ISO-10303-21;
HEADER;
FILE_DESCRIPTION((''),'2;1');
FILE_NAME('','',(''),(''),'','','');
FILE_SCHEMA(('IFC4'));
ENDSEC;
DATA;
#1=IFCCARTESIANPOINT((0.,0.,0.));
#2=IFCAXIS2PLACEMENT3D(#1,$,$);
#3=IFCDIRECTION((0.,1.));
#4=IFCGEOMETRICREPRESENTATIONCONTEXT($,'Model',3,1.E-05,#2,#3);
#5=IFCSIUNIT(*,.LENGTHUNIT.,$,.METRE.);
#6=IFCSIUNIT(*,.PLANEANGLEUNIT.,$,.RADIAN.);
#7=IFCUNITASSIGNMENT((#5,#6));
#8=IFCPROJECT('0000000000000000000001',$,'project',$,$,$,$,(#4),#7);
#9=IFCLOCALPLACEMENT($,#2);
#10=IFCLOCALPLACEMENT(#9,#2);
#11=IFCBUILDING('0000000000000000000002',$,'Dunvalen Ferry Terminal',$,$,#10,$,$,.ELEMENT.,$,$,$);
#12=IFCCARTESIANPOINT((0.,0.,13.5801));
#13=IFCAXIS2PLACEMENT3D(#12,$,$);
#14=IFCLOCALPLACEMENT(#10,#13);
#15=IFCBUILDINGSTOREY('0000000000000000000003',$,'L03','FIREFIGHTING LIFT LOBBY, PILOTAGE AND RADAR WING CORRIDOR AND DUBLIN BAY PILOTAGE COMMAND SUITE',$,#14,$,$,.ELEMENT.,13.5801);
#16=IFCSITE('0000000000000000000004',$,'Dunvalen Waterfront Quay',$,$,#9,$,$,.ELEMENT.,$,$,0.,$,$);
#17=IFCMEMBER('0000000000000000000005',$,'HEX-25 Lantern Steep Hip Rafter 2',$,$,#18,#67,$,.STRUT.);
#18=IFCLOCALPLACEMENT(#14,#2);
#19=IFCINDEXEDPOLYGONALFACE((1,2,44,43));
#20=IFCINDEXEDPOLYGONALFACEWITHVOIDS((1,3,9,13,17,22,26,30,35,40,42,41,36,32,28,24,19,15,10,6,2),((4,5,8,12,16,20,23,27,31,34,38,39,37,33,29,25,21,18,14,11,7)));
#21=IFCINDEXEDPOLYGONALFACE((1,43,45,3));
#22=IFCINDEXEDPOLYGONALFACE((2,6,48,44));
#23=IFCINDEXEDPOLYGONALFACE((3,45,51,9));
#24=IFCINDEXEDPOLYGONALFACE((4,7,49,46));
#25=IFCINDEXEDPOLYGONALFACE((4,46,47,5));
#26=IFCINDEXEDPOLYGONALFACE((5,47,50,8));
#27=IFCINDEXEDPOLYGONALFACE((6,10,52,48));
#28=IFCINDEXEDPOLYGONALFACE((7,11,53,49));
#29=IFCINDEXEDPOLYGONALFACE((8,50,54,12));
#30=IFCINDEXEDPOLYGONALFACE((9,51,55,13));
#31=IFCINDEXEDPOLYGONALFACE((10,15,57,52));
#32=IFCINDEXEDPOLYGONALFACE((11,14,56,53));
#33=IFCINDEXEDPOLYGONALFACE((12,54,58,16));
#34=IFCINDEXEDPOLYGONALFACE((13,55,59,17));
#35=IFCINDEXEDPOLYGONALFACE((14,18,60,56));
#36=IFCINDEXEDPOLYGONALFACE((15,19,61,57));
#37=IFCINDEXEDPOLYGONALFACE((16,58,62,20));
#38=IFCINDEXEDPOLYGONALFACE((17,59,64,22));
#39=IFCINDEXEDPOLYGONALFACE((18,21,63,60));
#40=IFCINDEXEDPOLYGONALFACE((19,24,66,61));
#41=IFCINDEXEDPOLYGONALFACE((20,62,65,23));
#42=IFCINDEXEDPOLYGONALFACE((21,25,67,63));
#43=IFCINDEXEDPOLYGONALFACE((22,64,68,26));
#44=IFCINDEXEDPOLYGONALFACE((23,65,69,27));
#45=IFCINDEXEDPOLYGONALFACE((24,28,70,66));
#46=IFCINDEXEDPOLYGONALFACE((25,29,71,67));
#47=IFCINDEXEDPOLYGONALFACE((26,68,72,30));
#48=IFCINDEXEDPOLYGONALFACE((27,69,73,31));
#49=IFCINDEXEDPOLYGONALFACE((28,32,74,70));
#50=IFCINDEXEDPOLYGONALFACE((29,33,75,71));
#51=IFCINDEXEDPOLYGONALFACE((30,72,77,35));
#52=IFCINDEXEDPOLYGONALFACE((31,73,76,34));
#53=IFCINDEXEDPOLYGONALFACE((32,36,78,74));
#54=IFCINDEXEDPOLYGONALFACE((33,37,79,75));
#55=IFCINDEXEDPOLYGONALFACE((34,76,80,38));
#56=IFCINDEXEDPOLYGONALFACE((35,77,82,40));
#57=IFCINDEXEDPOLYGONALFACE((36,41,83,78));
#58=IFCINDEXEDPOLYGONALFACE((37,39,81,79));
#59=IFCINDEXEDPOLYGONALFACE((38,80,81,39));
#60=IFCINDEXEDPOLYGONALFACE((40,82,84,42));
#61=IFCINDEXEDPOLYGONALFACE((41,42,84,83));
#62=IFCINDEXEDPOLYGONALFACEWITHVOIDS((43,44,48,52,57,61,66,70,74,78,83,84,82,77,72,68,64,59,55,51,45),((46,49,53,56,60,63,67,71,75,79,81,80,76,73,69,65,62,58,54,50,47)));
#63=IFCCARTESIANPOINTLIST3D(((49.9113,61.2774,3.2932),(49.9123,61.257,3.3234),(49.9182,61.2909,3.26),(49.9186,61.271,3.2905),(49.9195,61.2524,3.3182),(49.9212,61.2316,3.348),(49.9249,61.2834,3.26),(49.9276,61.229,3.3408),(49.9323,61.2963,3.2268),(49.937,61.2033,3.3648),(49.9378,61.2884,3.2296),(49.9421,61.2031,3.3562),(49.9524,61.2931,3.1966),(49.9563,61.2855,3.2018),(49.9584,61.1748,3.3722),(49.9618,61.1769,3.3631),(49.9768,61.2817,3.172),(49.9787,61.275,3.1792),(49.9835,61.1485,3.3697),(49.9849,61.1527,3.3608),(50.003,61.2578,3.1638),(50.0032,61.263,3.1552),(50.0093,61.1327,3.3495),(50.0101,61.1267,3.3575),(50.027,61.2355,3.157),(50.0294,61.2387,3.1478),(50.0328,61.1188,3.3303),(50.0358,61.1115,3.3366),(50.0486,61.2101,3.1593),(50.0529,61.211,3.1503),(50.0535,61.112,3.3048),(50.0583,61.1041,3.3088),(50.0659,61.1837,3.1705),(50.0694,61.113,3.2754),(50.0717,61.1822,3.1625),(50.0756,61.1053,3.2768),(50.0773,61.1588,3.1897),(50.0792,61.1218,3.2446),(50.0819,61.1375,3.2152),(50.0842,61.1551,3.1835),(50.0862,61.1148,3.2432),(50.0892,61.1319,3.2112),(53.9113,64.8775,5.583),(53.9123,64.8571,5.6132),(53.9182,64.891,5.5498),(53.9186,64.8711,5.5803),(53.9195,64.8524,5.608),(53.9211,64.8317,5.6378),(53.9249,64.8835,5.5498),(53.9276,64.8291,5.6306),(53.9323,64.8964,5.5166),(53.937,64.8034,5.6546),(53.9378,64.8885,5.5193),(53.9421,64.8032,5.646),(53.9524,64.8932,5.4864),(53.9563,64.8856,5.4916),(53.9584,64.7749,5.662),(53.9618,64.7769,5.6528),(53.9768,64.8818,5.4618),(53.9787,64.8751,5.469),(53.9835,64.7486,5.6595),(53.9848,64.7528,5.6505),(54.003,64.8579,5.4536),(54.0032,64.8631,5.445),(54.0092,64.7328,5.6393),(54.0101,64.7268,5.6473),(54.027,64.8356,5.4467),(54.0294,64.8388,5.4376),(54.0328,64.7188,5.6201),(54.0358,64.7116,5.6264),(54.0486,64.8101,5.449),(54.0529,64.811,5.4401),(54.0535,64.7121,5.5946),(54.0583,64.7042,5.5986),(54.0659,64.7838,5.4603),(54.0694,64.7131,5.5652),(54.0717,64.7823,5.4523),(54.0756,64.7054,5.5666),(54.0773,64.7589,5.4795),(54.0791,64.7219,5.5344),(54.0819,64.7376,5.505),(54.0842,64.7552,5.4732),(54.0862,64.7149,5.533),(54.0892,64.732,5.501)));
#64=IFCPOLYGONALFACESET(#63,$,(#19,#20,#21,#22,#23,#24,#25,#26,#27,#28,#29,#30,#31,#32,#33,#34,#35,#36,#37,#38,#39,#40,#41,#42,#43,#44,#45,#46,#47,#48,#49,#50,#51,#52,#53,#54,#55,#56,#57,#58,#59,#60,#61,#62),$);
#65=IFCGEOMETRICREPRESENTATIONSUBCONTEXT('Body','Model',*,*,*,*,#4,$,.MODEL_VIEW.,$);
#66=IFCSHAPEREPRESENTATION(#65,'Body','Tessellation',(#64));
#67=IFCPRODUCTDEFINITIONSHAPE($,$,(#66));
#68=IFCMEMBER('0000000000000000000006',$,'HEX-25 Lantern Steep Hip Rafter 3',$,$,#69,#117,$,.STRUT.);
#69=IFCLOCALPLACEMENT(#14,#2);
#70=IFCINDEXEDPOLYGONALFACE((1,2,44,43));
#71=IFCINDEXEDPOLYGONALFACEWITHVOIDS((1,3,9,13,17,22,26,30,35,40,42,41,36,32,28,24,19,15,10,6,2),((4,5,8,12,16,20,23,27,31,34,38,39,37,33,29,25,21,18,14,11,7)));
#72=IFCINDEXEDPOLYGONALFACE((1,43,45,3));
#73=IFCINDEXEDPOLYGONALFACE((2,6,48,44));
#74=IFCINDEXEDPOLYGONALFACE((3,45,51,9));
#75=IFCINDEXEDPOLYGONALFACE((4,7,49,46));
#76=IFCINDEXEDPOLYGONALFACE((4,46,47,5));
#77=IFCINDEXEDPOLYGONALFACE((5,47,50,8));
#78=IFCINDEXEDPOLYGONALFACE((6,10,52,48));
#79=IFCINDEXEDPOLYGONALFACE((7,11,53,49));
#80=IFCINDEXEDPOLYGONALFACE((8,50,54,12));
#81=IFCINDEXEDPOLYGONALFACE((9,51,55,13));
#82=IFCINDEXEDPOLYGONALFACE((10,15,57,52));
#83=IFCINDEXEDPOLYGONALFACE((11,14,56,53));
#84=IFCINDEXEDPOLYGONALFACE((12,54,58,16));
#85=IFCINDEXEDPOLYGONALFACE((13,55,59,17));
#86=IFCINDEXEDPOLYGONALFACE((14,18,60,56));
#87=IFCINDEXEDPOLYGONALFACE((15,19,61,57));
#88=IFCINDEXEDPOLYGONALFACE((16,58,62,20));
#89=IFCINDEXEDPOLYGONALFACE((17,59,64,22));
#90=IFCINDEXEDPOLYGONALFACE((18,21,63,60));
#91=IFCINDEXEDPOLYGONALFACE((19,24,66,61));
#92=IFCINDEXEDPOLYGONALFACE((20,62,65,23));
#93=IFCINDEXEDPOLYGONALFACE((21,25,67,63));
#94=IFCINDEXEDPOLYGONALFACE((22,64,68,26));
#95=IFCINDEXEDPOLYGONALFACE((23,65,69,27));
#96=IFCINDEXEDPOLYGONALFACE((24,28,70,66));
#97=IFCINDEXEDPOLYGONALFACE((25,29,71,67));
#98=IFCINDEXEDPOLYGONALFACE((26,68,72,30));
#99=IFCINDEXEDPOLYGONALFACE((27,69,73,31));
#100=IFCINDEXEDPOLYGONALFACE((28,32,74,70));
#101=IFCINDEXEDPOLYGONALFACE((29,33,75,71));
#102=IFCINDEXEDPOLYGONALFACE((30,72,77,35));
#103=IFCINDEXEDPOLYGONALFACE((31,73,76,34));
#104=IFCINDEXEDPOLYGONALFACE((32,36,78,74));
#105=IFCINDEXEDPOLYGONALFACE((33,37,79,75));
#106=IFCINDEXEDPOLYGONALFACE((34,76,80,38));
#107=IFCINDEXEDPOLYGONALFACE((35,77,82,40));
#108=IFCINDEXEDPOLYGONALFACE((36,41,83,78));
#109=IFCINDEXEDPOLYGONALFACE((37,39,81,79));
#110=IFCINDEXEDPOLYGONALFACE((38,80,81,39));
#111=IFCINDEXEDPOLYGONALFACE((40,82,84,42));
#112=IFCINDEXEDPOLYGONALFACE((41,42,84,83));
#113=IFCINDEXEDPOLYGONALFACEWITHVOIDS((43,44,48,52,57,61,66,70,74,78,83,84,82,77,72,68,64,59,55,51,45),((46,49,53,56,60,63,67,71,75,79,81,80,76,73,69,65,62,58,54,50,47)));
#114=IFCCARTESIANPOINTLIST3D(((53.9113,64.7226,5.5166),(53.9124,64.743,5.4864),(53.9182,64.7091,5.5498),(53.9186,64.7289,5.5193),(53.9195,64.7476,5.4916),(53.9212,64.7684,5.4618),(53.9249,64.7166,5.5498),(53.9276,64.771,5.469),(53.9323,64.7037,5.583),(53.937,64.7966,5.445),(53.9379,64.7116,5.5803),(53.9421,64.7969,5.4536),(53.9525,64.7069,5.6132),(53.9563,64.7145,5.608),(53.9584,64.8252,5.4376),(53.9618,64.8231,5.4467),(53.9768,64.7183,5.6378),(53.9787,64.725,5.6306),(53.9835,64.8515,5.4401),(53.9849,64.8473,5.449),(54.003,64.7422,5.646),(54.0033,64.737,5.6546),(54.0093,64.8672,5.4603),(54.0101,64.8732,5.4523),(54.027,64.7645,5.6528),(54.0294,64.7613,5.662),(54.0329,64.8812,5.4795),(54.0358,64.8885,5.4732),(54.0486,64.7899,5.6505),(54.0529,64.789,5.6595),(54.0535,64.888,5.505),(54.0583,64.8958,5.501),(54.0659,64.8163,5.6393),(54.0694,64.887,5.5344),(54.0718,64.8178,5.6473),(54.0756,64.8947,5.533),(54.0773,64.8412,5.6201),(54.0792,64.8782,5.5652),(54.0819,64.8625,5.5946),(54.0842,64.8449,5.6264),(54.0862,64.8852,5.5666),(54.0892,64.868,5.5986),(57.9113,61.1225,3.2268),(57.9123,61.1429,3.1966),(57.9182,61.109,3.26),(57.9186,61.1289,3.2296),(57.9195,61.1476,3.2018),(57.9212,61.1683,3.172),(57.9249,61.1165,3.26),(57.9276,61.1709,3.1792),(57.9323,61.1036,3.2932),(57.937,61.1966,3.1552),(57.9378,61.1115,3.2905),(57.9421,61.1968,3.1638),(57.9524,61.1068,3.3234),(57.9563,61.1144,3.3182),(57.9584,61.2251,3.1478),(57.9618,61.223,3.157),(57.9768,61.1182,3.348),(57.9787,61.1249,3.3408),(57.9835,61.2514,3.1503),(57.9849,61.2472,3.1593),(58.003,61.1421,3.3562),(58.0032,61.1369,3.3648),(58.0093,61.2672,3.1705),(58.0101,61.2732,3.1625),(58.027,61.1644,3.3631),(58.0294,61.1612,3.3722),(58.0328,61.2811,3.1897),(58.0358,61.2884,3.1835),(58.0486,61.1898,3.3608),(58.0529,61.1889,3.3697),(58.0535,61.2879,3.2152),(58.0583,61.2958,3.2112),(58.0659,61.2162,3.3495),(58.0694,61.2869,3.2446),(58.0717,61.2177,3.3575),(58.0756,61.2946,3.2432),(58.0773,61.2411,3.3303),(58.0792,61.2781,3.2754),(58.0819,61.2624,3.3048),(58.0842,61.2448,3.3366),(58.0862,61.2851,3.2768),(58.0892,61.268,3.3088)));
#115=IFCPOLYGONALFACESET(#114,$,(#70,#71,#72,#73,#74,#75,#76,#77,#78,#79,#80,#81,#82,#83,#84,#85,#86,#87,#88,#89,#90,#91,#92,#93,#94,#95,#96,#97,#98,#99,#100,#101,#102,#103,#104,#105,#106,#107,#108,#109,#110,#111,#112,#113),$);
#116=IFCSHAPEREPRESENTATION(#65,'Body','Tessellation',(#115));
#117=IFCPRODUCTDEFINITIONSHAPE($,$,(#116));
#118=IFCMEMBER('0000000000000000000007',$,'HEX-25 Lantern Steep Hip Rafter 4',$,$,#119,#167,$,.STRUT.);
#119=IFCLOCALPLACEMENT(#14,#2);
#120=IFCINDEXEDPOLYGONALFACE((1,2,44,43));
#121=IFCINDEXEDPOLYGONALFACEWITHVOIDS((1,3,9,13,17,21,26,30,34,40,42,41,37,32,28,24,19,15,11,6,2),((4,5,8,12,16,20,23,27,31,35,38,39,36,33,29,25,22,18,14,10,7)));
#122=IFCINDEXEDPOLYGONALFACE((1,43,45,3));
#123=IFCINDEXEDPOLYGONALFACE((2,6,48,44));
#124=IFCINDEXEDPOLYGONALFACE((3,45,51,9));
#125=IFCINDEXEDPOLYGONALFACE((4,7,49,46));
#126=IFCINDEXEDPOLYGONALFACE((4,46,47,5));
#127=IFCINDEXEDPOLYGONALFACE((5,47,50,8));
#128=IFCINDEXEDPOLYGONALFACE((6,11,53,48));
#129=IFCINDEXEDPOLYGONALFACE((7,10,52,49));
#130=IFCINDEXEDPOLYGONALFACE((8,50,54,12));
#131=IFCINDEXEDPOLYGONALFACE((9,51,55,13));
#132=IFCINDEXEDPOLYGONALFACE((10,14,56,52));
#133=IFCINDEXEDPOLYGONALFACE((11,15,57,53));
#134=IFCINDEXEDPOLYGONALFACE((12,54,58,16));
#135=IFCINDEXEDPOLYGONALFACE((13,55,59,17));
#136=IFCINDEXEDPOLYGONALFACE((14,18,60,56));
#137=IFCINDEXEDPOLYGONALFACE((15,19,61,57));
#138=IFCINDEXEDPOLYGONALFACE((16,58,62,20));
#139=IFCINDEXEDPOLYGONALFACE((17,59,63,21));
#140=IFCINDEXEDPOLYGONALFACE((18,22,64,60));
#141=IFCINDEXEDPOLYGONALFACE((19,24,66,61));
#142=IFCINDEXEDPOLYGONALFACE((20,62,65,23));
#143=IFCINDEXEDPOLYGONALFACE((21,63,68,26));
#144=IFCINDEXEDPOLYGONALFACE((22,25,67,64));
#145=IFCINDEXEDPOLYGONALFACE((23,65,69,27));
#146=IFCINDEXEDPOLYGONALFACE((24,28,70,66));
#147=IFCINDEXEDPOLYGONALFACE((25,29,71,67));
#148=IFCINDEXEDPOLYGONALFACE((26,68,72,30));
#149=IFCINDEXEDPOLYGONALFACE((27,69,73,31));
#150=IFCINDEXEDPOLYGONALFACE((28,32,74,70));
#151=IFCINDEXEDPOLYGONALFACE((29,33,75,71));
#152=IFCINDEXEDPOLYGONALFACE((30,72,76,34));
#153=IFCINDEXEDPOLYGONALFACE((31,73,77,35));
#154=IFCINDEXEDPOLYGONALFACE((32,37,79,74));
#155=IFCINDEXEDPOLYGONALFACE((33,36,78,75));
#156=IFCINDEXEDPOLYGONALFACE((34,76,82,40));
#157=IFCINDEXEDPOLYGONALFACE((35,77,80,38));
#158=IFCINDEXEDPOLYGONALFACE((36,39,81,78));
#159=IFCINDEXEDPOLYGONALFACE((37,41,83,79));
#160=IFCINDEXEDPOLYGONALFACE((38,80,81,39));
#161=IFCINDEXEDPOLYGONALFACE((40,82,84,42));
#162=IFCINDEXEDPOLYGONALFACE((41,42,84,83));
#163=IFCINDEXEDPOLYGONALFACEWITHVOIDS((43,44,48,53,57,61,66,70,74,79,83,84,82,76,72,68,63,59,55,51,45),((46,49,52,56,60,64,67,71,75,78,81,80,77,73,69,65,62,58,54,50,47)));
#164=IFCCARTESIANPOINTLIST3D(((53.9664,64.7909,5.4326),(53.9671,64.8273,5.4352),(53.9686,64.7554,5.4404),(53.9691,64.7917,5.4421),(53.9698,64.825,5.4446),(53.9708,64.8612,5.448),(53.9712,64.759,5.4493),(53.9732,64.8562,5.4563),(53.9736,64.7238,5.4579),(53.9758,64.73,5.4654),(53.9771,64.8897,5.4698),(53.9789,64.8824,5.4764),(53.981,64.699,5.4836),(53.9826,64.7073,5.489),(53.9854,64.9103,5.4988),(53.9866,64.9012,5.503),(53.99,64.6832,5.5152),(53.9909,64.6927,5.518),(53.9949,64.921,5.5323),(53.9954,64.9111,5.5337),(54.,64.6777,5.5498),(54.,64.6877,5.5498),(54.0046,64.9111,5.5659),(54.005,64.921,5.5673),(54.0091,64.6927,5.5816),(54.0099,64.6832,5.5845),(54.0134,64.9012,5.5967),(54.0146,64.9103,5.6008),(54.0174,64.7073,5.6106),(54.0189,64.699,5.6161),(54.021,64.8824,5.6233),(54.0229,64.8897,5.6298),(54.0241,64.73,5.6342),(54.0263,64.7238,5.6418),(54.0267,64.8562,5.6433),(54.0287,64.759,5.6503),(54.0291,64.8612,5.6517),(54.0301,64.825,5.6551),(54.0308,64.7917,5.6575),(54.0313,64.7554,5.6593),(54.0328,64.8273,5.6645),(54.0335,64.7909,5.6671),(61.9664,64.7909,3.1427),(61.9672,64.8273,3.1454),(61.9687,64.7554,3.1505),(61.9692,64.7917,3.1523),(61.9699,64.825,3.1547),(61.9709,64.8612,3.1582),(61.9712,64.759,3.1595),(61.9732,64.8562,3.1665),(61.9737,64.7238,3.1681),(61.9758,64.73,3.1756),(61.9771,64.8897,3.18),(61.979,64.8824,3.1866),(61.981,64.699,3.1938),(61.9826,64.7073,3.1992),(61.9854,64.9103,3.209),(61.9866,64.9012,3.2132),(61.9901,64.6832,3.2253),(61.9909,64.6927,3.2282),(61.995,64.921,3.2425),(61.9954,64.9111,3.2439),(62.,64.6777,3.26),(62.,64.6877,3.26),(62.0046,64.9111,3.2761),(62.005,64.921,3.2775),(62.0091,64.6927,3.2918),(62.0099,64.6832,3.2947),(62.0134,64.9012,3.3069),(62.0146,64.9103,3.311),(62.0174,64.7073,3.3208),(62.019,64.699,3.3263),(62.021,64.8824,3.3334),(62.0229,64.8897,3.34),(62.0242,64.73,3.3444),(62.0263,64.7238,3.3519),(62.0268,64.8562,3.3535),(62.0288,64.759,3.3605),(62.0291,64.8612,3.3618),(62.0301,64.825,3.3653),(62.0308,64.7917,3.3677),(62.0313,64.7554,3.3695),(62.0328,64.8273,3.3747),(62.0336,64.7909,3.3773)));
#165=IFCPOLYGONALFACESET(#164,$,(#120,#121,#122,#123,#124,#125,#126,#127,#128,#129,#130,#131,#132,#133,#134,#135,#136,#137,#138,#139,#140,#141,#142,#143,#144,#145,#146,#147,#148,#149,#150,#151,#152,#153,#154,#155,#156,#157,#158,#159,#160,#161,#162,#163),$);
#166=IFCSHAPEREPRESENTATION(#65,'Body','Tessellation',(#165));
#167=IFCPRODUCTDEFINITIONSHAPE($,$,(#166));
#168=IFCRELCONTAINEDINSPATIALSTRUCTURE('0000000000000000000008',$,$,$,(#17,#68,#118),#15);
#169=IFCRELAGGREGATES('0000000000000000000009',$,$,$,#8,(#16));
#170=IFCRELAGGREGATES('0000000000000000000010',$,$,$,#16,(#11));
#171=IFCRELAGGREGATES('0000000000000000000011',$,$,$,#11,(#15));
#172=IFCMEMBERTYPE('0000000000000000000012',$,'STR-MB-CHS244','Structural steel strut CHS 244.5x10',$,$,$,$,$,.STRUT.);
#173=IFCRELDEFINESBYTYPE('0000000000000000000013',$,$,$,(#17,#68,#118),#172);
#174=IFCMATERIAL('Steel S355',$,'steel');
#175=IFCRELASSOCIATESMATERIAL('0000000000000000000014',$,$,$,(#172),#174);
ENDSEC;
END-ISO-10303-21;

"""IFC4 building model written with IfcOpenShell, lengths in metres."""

from ifc_helpers import new_model, si_unit, direction, frame, origin, origin_2d, place, context, subcontext, project, spatial, hollow_circle, extrude, material, material_profile, profile_set, type_object, element, save


model = new_model("IFC4")

# Units and contexts
model_context = context("Model", 3, precision=1e-05, world=origin(), true_north=direction((0.0, 1.0)))
body_context = subcontext(model_context, "Body", "Model", "MODEL_VIEW")
ifc_project = project(units=[si_unit("LENGTHUNIT", "METRE"), si_unit("PLANEANGLEUNIT", "RADIAN")], contexts=[model_context])

# Site, building, storey
site_placement = place(None, origin())
site = spatial("IfcSite", under=ifc_project, at=site_placement, Name="Dunvalen Waterfront Quay", CompositionType="ELEMENT", RefElevation=0.0)
building_placement = place(site_placement, origin())
building = spatial("IfcBuilding", under=site, at=building_placement, Name="Dunvalen Ferry Terminal", CompositionType="ELEMENT")
storey_placement = place(building_placement, frame((0.0, 0.0, 13.5801)))
storey = spatial("IfcBuildingStorey", under=building, at=storey_placement, Name="L03", Description="FIREFIGHTING LIFT LOBBY, PILOTAGE AND RADAR WING CORRIDOR AND DUBLIN BAY PILOTAGE COMMAND SUITE", CompositionType="ELEMENT", Elevation=13.5801)

# Shared definitions
ifc_material_1 = material(Name="Steel S355", Category="steel")

# Members
ifc_material_profile_1 = material_profile(ifc_material_1, hollow_circle(Radius=0.1223, WallThickness=0.01, at=origin_2d()), Name="Steel S355")
ifc_profile_set_1 = profile_set([ifc_material_profile_1], Name="Steel S355")
member_type = type_object("IfcMemberType", Name="STR-MB-CHS244", Description="Structural steel strut CHS 244.5x10", PredefinedType="STRUT", material=ifc_profile_set_1)
for number, where, z_axis, x_axis, name in (
    (1, (50.0, 61.2, 3.26), (0.683947, 0.615569, 0.391525), (-0.668975, 0.743285, 0.0), "HEX-25 Lantern Steep Hip Rafter 2"),
    (2, (58.0, 61.2, 3.26), (-0.683947, 0.615569, 0.391525), (-0.668975, -0.743285, 0.0), "HEX-25 Lantern Steep Hip Rafter 3"),
):
    element("IfcMember", number, at=place(storey_placement, frame(where, z_axis=z_axis, x_axis=x_axis)), inside=storey, type_object=member_type, Name=name, PredefinedType="STRUT", context=body_context, shape_type="SweptSolid", body=[
        extrude(hollow_circle(Radius=0.1223, WallThickness=0.01, at=origin_2d()), origin(), (0.0, 0.0, 1.0), 5.8484),
    ])
member_1_placement = place(storey_placement, frame((62.0, 64.8, 3.26), z_axis=(-0.961394, 0.0, 0.275174), x_axis=(0.0, -1.0, 0.0)))
element("IfcMember", 3, at=member_1_placement, inside=storey, type_object=member_type, Name="HEX-25 Lantern Steep Hip Rafter 4", PredefinedType="STRUT", context=body_context, shape_type="SweptSolid", body=[
    extrude(hollow_circle(Radius=0.1223, WallThickness=0.01, at=origin_2d()), origin(), (0.0, 0.0, 1.0), 8.3213),
])

save(model, "model.ifc")
